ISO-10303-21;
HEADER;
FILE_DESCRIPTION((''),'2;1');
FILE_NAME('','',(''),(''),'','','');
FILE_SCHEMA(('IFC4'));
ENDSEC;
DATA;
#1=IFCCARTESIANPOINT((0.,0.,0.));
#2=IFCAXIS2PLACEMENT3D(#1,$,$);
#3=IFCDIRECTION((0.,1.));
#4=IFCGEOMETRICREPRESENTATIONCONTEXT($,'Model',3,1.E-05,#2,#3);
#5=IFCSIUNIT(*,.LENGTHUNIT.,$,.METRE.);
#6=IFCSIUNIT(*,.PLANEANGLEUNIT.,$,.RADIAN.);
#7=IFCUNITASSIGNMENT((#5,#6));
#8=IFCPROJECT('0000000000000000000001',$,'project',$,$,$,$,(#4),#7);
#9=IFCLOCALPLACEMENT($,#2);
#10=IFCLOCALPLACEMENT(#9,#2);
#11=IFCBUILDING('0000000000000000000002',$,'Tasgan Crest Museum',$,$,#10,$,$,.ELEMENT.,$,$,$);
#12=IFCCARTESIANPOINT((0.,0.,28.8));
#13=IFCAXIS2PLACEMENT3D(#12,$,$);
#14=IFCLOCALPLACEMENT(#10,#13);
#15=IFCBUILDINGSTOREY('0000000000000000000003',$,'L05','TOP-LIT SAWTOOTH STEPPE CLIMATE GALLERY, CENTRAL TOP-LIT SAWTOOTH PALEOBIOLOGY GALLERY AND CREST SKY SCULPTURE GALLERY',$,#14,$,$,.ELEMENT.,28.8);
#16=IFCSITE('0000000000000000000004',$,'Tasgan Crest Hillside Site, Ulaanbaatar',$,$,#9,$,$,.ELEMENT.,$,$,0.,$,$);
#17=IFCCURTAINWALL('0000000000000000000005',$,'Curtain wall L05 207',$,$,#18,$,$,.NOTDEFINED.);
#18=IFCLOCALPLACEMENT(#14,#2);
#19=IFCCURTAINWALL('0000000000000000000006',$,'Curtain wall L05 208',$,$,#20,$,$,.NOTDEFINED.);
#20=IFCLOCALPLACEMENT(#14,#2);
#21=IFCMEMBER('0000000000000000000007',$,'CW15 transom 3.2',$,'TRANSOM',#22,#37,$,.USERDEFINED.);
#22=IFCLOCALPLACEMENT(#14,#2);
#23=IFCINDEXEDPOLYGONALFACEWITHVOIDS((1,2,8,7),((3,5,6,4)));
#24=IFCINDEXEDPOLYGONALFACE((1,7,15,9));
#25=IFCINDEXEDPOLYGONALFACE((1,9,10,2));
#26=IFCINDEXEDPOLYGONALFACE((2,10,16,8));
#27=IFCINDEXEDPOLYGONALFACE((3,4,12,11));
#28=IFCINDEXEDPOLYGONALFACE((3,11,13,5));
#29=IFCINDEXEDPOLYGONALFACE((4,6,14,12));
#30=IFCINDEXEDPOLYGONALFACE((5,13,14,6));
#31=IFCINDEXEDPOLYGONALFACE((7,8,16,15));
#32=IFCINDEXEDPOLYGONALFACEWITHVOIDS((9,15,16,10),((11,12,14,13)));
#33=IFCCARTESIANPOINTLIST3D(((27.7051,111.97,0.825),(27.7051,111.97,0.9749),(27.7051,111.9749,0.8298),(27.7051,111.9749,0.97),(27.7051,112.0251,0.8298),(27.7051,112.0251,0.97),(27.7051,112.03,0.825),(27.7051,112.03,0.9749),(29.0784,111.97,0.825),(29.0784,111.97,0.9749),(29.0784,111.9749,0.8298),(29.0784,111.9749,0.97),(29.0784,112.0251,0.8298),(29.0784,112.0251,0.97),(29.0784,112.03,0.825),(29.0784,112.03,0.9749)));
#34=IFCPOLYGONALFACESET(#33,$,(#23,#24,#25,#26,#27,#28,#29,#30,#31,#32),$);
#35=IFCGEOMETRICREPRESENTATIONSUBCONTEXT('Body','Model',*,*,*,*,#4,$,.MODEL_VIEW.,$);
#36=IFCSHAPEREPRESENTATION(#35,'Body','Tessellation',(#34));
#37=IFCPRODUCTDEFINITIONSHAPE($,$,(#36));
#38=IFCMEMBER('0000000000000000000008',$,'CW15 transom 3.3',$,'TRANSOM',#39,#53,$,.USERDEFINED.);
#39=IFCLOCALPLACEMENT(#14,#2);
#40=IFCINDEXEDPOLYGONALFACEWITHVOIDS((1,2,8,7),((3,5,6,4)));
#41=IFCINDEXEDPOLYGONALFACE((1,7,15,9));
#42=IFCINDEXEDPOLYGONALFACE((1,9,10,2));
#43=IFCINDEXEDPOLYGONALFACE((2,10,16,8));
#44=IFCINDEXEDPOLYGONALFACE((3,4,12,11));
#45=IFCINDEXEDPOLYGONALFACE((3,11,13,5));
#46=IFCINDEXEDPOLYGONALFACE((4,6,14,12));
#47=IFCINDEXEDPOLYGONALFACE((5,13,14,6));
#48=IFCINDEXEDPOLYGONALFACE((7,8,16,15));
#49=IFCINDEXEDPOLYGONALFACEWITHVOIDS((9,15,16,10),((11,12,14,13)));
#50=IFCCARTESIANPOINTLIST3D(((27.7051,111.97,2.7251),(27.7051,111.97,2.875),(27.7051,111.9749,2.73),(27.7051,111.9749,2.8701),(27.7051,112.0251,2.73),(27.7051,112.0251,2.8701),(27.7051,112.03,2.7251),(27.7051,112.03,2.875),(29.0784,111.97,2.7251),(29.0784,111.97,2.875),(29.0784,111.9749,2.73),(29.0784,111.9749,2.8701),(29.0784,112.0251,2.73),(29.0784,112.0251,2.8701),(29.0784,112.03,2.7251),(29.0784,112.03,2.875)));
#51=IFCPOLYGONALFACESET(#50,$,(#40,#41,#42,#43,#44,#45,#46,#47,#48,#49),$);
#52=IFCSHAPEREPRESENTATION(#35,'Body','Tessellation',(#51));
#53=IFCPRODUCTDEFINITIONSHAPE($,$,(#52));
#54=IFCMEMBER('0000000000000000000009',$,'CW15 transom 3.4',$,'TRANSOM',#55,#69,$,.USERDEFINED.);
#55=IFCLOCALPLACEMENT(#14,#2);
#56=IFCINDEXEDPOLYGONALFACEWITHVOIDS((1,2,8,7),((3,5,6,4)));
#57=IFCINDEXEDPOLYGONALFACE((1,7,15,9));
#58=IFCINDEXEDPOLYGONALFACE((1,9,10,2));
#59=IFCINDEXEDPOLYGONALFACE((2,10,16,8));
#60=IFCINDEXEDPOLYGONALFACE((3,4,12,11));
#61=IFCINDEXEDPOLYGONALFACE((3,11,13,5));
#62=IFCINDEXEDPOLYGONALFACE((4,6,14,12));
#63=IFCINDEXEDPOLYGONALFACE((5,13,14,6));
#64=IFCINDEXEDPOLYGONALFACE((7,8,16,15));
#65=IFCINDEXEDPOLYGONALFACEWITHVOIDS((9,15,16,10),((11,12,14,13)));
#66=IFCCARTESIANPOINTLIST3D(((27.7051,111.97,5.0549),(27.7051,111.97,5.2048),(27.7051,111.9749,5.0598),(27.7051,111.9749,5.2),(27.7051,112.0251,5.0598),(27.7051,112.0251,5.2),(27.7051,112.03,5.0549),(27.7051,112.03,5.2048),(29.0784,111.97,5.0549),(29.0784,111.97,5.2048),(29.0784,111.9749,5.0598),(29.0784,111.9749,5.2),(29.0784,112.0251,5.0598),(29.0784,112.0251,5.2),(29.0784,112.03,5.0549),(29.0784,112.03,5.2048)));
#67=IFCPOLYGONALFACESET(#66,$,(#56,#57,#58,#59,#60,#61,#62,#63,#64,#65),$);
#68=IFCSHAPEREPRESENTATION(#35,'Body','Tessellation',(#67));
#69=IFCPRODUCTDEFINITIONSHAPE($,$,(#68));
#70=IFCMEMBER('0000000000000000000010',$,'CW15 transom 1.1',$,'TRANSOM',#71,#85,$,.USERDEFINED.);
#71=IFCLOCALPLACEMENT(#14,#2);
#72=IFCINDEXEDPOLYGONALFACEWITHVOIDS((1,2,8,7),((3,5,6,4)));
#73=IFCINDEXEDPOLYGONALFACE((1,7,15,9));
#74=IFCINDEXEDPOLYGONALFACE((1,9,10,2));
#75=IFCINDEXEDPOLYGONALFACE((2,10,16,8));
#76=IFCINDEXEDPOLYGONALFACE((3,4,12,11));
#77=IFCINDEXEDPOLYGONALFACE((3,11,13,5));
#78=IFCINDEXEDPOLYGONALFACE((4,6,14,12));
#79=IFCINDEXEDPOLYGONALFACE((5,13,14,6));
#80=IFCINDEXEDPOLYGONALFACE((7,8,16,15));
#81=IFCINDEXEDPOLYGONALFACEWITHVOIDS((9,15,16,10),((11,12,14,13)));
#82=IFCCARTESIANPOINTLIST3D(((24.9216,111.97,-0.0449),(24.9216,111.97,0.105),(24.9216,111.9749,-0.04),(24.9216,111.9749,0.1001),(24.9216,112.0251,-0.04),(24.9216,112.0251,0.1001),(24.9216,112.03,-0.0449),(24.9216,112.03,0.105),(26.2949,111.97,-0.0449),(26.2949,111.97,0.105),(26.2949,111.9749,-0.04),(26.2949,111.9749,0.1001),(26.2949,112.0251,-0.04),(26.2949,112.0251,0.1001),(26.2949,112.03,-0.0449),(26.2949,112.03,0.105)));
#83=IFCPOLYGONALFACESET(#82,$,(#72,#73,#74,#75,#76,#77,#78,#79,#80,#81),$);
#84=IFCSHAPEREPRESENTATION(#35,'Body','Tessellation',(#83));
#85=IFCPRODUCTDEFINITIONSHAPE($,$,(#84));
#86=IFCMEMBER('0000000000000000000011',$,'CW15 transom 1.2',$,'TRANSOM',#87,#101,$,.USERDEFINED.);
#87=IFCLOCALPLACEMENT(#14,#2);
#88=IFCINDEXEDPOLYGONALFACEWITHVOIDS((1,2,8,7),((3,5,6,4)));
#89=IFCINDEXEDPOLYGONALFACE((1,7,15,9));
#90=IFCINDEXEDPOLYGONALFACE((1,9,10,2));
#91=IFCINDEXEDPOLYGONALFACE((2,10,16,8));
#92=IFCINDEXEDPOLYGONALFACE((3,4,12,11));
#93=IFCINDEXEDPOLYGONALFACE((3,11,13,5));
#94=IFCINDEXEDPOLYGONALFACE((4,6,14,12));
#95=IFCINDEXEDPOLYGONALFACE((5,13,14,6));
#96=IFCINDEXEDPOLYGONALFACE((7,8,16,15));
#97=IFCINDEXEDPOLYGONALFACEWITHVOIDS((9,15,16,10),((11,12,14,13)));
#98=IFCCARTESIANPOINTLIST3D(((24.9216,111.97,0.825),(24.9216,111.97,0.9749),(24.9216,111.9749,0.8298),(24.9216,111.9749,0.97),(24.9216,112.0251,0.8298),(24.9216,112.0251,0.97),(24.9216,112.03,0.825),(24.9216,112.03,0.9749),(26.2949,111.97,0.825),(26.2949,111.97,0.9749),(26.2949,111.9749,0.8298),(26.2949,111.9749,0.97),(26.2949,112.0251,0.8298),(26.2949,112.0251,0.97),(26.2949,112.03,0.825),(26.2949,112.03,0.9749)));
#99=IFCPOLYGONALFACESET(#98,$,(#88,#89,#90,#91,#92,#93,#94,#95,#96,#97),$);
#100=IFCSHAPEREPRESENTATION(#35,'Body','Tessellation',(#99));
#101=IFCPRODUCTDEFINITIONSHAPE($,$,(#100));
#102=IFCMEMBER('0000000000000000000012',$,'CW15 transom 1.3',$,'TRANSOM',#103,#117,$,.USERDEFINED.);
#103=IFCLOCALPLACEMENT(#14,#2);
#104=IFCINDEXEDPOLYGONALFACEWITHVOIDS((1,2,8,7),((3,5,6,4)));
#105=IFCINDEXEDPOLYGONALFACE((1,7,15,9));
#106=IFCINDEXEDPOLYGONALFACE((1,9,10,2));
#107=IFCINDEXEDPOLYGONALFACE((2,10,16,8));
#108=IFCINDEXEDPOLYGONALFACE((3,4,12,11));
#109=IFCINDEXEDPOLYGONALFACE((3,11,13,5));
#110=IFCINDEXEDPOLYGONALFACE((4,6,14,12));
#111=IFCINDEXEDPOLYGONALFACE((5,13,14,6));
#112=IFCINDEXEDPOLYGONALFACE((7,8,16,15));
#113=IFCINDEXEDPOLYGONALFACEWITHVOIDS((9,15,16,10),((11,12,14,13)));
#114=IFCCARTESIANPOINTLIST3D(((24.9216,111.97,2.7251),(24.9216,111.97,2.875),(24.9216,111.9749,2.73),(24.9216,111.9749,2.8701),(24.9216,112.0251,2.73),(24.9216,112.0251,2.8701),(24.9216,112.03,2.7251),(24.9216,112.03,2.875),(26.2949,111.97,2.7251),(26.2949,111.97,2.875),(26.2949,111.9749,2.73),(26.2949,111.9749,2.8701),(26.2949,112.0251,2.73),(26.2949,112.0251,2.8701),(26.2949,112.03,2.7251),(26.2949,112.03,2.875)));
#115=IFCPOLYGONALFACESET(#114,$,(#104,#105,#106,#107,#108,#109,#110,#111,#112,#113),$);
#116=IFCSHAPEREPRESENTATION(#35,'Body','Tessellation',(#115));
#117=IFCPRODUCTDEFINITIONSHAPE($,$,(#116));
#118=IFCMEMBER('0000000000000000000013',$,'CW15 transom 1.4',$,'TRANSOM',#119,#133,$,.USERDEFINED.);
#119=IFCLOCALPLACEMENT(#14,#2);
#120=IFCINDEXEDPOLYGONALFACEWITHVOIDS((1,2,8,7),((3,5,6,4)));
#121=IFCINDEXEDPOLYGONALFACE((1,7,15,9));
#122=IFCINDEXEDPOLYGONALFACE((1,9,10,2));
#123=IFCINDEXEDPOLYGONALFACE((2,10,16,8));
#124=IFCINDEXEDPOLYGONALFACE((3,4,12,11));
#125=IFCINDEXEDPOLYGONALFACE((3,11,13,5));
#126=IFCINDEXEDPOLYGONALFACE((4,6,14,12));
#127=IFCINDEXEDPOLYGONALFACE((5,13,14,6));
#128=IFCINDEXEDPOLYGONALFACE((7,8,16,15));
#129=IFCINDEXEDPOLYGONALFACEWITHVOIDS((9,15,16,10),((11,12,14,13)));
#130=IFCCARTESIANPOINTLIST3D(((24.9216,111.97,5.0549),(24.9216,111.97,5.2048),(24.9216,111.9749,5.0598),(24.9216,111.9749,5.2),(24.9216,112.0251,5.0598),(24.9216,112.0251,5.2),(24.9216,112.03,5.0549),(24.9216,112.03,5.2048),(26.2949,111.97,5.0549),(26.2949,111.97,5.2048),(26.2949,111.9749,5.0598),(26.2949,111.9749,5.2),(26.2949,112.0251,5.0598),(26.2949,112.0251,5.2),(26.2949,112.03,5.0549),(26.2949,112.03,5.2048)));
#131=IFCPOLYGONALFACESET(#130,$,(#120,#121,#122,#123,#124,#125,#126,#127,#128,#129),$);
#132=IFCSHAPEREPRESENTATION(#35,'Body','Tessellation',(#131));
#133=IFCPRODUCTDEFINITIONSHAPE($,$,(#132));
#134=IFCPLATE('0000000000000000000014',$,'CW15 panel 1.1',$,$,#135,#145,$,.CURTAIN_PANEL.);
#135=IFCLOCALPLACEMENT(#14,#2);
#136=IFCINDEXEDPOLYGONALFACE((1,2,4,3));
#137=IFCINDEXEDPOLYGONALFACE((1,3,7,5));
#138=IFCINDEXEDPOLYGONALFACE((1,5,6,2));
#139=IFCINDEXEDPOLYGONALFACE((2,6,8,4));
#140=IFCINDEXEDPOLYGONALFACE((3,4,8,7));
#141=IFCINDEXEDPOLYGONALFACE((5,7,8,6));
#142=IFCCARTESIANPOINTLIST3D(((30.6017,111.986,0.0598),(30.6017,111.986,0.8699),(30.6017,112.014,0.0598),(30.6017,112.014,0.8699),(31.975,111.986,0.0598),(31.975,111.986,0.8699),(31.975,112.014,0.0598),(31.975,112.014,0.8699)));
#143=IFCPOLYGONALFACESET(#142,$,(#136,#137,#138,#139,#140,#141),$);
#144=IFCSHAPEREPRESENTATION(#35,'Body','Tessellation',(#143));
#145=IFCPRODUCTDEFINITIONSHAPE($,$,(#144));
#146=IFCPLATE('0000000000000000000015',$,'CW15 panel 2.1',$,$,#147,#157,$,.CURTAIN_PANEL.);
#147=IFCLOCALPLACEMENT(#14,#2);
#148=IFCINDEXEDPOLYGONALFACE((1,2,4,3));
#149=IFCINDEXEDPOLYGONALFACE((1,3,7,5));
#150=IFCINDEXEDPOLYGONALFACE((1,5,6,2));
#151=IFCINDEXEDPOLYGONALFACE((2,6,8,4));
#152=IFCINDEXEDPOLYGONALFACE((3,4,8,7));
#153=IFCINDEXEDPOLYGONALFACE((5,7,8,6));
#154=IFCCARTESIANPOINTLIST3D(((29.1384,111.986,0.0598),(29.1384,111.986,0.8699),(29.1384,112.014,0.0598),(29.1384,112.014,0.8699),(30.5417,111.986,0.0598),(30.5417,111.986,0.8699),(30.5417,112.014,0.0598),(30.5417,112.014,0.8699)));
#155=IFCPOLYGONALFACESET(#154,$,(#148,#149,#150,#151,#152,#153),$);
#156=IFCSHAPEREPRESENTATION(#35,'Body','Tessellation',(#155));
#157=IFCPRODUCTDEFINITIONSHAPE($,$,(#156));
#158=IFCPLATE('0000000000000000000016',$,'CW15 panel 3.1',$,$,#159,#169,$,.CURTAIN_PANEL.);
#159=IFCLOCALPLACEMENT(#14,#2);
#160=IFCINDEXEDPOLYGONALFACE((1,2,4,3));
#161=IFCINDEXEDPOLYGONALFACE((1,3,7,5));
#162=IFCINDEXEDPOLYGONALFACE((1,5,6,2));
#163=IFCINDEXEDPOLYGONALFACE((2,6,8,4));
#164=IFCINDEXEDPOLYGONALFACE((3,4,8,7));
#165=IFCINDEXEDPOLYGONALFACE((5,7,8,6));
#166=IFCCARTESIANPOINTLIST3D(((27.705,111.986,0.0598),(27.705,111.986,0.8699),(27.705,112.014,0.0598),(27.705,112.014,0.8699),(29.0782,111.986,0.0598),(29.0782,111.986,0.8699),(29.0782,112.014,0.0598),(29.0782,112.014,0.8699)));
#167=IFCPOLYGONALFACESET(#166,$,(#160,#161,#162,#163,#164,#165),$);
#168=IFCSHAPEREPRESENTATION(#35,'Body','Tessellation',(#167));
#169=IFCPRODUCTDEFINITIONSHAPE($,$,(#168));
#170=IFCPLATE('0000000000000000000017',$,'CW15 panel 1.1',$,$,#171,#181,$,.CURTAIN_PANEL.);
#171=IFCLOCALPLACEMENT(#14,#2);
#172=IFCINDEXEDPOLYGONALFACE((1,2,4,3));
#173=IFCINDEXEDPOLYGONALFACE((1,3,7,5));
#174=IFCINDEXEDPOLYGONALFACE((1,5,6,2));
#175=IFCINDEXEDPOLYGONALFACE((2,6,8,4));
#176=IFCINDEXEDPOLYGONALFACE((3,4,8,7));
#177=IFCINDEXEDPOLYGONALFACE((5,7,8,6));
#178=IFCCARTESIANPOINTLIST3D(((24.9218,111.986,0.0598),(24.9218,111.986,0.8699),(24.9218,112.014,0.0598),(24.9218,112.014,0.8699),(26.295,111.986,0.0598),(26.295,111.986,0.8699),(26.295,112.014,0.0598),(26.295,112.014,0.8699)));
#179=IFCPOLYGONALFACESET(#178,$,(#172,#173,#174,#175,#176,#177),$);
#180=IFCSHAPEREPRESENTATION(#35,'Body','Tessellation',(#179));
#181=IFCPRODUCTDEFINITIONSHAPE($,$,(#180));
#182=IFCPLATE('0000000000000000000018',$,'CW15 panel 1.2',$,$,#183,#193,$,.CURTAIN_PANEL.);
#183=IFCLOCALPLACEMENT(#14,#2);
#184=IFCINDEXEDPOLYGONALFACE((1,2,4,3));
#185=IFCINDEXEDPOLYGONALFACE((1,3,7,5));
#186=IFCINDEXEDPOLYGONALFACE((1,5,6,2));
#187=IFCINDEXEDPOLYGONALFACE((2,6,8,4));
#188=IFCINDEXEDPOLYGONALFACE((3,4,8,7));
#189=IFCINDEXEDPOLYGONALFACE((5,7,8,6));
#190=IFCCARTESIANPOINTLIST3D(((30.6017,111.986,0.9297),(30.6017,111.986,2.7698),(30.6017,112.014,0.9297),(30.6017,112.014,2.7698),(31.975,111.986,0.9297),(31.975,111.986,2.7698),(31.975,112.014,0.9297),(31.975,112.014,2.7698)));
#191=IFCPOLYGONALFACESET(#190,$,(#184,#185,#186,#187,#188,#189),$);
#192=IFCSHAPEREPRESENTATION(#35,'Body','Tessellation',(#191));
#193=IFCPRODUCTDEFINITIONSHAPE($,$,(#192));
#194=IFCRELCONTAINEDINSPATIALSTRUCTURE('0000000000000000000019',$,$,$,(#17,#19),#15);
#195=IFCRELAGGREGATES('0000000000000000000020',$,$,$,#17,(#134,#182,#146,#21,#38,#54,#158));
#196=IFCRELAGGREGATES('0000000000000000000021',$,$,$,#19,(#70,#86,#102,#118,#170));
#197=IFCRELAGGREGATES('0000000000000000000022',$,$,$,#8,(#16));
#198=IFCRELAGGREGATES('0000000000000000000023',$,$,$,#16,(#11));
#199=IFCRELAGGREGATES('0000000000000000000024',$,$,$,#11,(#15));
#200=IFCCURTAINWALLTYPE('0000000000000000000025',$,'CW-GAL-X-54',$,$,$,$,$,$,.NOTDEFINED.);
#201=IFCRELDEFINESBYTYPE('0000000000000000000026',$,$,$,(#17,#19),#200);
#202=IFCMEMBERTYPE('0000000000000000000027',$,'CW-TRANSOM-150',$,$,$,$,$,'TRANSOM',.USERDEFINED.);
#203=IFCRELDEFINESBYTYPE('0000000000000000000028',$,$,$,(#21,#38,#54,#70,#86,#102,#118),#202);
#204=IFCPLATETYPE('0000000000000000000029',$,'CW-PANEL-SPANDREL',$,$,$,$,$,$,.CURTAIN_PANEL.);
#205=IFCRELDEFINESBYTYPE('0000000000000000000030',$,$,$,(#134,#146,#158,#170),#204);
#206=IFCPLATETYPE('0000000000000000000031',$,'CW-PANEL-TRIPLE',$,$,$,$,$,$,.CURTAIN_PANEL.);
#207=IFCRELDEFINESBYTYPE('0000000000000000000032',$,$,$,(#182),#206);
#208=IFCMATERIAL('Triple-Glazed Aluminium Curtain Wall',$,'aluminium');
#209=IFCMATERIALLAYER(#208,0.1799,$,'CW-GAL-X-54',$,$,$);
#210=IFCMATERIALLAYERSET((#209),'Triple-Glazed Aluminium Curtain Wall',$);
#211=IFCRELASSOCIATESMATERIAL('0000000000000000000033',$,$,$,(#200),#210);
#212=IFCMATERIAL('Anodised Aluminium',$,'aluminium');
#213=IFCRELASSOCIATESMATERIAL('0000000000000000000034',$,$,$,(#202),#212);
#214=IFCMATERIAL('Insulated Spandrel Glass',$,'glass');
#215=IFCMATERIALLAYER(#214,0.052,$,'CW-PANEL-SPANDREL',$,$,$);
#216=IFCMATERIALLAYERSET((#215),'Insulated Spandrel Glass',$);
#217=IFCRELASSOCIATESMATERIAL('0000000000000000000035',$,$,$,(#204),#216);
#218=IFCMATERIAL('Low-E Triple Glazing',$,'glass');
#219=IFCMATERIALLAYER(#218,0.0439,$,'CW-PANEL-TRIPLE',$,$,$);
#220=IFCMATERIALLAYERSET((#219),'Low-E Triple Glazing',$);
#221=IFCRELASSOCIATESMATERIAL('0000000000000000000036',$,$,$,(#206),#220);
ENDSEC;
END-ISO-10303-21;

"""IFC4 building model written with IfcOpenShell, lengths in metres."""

from ifc_helpers import new_model, si_unit, direction, frame, origin, origin_2d, place, context, subcontext, project, spatial, rectangle, hollow_rectangle, extrude, material, layer, layer_set, material_profile, profile_set, type_object, element, aggregate, save


model = new_model("IFC4")

# Units and contexts
model_context = context("Model", 3, precision=1e-05, world=origin(), true_north=direction((0.0, 1.0)))
body_context = subcontext(model_context, "Body", "Model", "MODEL_VIEW")
ifc_project = project(units=[si_unit("LENGTHUNIT", "METRE"), si_unit("PLANEANGLEUNIT", "RADIAN")], contexts=[model_context])

# Site, building, storey
site_placement = place(None, origin())
site = spatial("IfcSite", under=ifc_project, at=site_placement, Name="Tasgan Crest Hillside Site, Ulaanbaatar", CompositionType="ELEMENT", RefElevation=0.0)
building_placement = place(site_placement, origin())
building = spatial("IfcBuilding", under=site, at=building_placement, Name="Tasgan Crest Museum", CompositionType="ELEMENT")
storey_placement = place(building_placement, frame((0.0, 0.0, 28.8)))
storey = spatial("IfcBuildingStorey", under=building, at=storey_placement, Name="L05", Description="TOP-LIT SAWTOOTH STEPPE CLIMATE GALLERY, CENTRAL TOP-LIT SAWTOOTH PALEOBIOLOGY GALLERY AND CREST SKY SCULPTURE GALLERY", CompositionType="ELEMENT", Elevation=28.8)

# Curtain walls
ifc_material_1 = material(Name="Triple-Glazed Aluminium Curtain Wall", Category="aluminium")
ifc_layer_1 = layer(ifc_material_1, 0.1799, Name="CW-GAL-X-54")
ifc_layer_set_1 = layer_set([ifc_layer_1], Name="Triple-Glazed Aluminium Curtain Wall")
curtain_wall_type = type_object("IfcCurtainWallType", Name="CW-GAL-X-54", PredefinedType="NOTDEFINED", material=ifc_layer_set_1)
curtain_wall_1_placement = place(storey_placement, origin())
curtain_wall_1 = element("IfcCurtainWall", 1, at=curtain_wall_1_placement, inside=storey, type_object=curtain_wall_type, Name="Curtain wall L05 207", PredefinedType="NOTDEFINED")
curtain_wall_2_placement = place(storey_placement, origin())
curtain_wall_2 = element("IfcCurtainWall", 2, at=curtain_wall_2_placement, inside=storey, type_object=curtain_wall_type, Name="Curtain wall L05 208", PredefinedType="NOTDEFINED")

# Members
ifc_material_2 = material(Name="Anodised Aluminium", Category="aluminium")
ifc_material_profile_1 = material_profile(ifc_material_2, hollow_rectangle(XDim=0.0601, YDim=0.1499, WallThickness=0.0049, at=origin_2d()), Name="ALU TRANSOM 150x60x5")
ifc_profile_set_1 = profile_set([ifc_material_profile_1], Name="Anodised Aluminium")
member_type_1 = type_object("IfcMemberType", Name="CW-TRANSOM-150", ElementType="TRANSOM", PredefinedType="USERDEFINED", material=ifc_profile_set_1)
member_1_placement = place(storey_placement, frame((29.0784, 112.0, 0.8999), z_axis=(-1.0, 0.0, 0.0), x_axis=(0.0, -1.0, 0.0)))
member_1 = element("IfcMember", 3, at=member_1_placement, type_object=member_type_1, Name="CW15 transom 3.2", ObjectType="TRANSOM", PredefinedType="USERDEFINED", context=body_context, shape_type="SweptSolid", body=[
    extrude(hollow_rectangle(XDim=0.0601, YDim=0.1499, WallThickness=0.0049, at=origin_2d()), origin(), (0.0, 0.0, 1.0), 1.3733),
])
member_2_placement = place(storey_placement, frame((29.0784, 112.0, 2.8), z_axis=(-1.0, 0.0, 0.0), x_axis=(0.0, -1.0, 0.0)))
member_2 = element("IfcMember", 4, at=member_2_placement, type_object=member_type_1, Name="CW15 transom 3.3", ObjectType="TRANSOM", PredefinedType="USERDEFINED", context=body_context, shape_type="SweptSolid", body=[
    extrude(hollow_rectangle(XDim=0.0601, YDim=0.1499, WallThickness=0.0049, at=origin_2d()), origin(), (0.0, 0.0, 1.0), 1.3733),
])
member_3_placement = place(storey_placement, frame((29.0784, 112.0, 5.1299), z_axis=(-1.0, 0.0, 0.0), x_axis=(0.0, -1.0, 0.0)))
member_3 = element("IfcMember", 5, at=member_3_placement, type_object=member_type_1, Name="CW15 transom 3.4", ObjectType="TRANSOM", PredefinedType="USERDEFINED", context=body_context, shape_type="SweptSolid", body=[
    extrude(hollow_rectangle(XDim=0.0601, YDim=0.1499, WallThickness=0.0049, at=origin_2d()), origin(), (0.0, 0.0, 1.0), 1.3733),
])
member_4_placement = place(storey_placement, frame((26.2949, 112.0, 0.03), z_axis=(-1.0, 0.0, 0.0), x_axis=(0.0, -1.0, 0.0)))
member_4 = element("IfcMember", 6, at=member_4_placement, type_object=member_type_1, Name="CW15 transom 1.1", ObjectType="TRANSOM", PredefinedType="USERDEFINED", context=body_context, shape_type="SweptSolid", body=[
    extrude(hollow_rectangle(XDim=0.0601, YDim=0.1499, WallThickness=0.0049, at=origin_2d()), origin(), (0.0, 0.0, 1.0), 1.3733),
])
member_5_placement = place(storey_placement, frame((26.2949, 112.0, 0.8999), z_axis=(-1.0, 0.0, 0.0), x_axis=(0.0, -1.0, 0.0)))
member_5 = element("IfcMember", 7, at=member_5_placement, type_object=member_type_1, Name="CW15 transom 1.2", ObjectType="TRANSOM", PredefinedType="USERDEFINED", context=body_context, shape_type="SweptSolid", body=[
    extrude(hollow_rectangle(XDim=0.0601, YDim=0.1499, WallThickness=0.0049, at=origin_2d()), origin(), (0.0, 0.0, 1.0), 1.3733),
])
member_6_placement = place(storey_placement, frame((26.2949, 112.0, 2.8), z_axis=(-1.0, 0.0, 0.0), x_axis=(0.0, -1.0, 0.0)))
member_6 = element("IfcMember", 8, at=member_6_placement, type_object=member_type_1, Name="CW15 transom 1.3", ObjectType="TRANSOM", PredefinedType="USERDEFINED", context=body_context, shape_type="SweptSolid", body=[
    extrude(hollow_rectangle(XDim=0.0601, YDim=0.1499, WallThickness=0.0049, at=origin_2d()), origin(), (0.0, 0.0, 1.0), 1.3733),
])
member_7_placement = place(storey_placement, frame((26.2949, 112.0, 5.1299), z_axis=(-1.0, 0.0, 0.0), x_axis=(0.0, -1.0, 0.0)))
member_7 = element("IfcMember", 9, at=member_7_placement, type_object=member_type_1, Name="CW15 transom 1.4", ObjectType="TRANSOM", PredefinedType="USERDEFINED", context=body_context, shape_type="SweptSolid", body=[
    extrude(hollow_rectangle(XDim=0.0601, YDim=0.1499, WallThickness=0.0049, at=origin_2d()), origin(), (0.0, 0.0, 1.0), 1.3733),
])

# Plates
ifc_material_3 = material(Name="Insulated Spandrel Glass", Category="glass")
ifc_layer_2 = layer(ifc_material_3, 0.052, Name="CW-PANEL-SPANDREL")
ifc_layer_set_2 = layer_set([ifc_layer_2], Name="Insulated Spandrel Glass")
plate_type_1 = type_object("IfcPlateType", Name="CW-PANEL-SPANDREL", PredefinedType="CURTAIN_PANEL", material=ifc_layer_set_2)
plate_1_placement = place(storey_placement, frame((31.2883, 112.0, 0.0598), z_axis=(0.0, 0.0, 1.0), x_axis=(-1.0, 0.0, 0.0)))
plate_1 = element("IfcPlate", 10, at=plate_1_placement, type_object=plate_type_1, Name="CW15 panel 1.1", PredefinedType="CURTAIN_PANEL", context=body_context, shape_type="SweptSolid", body=[
    extrude(rectangle(XDim=1.3733, YDim=0.0281, at=origin_2d()), origin(), (0.0, 0.0, 1.0), 0.8101),
])
plate_2_placement = place(storey_placement, frame((29.8401, 112.0, 0.0598), z_axis=(0.0, 0.0, 1.0), x_axis=(-1.0, 0.0, 0.0)))
plate_2 = element("IfcPlate", 11, at=plate_2_placement, type_object=plate_type_1, Name="CW15 panel 2.1", PredefinedType="CURTAIN_PANEL", context=body_context, shape_type="SweptSolid", body=[
    extrude(rectangle(XDim=1.4033, YDim=0.0281, at=origin_2d()), origin(), (0.0, 0.0, 1.0), 0.8101),
])
plate_3_placement = place(storey_placement, frame((28.3916, 112.0, 0.0598), z_axis=(0.0, 0.0, 1.0), x_axis=(-1.0, 0.0, 0.0)))
plate_3 = element("IfcPlate", 12, at=plate_3_placement, type_object=plate_type_1, Name="CW15 panel 3.1", PredefinedType="CURTAIN_PANEL", context=body_context, shape_type="SweptSolid", body=[
    extrude(rectangle(XDim=1.3733, YDim=0.0281, at=origin_2d()), origin(), (0.0, 0.0, 1.0), 0.8101),
])
plate_4_placement = place(storey_placement, frame((25.6084, 112.0, 0.0598), z_axis=(0.0, 0.0, 1.0), x_axis=(-1.0, 0.0, 0.0)))
plate_4 = element("IfcPlate", 13, at=plate_4_placement, type_object=plate_type_1, Name="CW15 panel 1.1", PredefinedType="CURTAIN_PANEL", context=body_context, shape_type="SweptSolid", body=[
    extrude(rectangle(XDim=1.3733, YDim=0.0281, at=origin_2d()), origin(), (0.0, 0.0, 1.0), 0.8101),
])
ifc_material_4 = material(Name="Low-E Triple Glazing", Category="glass")
ifc_layer_3 = layer(ifc_material_4, 0.0439, Name="CW-PANEL-TRIPLE")
ifc_layer_set_3 = layer_set([ifc_layer_3], Name="Low-E Triple Glazing")
plate_type_2 = type_object("IfcPlateType", Name="CW-PANEL-TRIPLE", PredefinedType="CURTAIN_PANEL", material=ifc_layer_set_3)
plate_5_placement = place(storey_placement, frame((31.2883, 112.0, 0.9297), z_axis=(0.0, 0.0, 1.0), x_axis=(-1.0, 0.0, 0.0)))
plate_5 = element("IfcPlate", 14, at=plate_5_placement, type_object=plate_type_2, Name="CW15 panel 1.2", PredefinedType="CURTAIN_PANEL", context=body_context, shape_type="SweptSolid", body=[
    extrude(rectangle(XDim=1.3733, YDim=0.0281, at=origin_2d()), origin(), (0.0, 0.0, 1.0), 1.8401),
])
aggregate(curtain_wall_1, [plate_1, plate_5, plate_2, member_1, member_2, member_3, plate_3])
aggregate(curtain_wall_2, [member_4, member_5, member_6, member_7, plate_4])

save(model, "model.ifc")
